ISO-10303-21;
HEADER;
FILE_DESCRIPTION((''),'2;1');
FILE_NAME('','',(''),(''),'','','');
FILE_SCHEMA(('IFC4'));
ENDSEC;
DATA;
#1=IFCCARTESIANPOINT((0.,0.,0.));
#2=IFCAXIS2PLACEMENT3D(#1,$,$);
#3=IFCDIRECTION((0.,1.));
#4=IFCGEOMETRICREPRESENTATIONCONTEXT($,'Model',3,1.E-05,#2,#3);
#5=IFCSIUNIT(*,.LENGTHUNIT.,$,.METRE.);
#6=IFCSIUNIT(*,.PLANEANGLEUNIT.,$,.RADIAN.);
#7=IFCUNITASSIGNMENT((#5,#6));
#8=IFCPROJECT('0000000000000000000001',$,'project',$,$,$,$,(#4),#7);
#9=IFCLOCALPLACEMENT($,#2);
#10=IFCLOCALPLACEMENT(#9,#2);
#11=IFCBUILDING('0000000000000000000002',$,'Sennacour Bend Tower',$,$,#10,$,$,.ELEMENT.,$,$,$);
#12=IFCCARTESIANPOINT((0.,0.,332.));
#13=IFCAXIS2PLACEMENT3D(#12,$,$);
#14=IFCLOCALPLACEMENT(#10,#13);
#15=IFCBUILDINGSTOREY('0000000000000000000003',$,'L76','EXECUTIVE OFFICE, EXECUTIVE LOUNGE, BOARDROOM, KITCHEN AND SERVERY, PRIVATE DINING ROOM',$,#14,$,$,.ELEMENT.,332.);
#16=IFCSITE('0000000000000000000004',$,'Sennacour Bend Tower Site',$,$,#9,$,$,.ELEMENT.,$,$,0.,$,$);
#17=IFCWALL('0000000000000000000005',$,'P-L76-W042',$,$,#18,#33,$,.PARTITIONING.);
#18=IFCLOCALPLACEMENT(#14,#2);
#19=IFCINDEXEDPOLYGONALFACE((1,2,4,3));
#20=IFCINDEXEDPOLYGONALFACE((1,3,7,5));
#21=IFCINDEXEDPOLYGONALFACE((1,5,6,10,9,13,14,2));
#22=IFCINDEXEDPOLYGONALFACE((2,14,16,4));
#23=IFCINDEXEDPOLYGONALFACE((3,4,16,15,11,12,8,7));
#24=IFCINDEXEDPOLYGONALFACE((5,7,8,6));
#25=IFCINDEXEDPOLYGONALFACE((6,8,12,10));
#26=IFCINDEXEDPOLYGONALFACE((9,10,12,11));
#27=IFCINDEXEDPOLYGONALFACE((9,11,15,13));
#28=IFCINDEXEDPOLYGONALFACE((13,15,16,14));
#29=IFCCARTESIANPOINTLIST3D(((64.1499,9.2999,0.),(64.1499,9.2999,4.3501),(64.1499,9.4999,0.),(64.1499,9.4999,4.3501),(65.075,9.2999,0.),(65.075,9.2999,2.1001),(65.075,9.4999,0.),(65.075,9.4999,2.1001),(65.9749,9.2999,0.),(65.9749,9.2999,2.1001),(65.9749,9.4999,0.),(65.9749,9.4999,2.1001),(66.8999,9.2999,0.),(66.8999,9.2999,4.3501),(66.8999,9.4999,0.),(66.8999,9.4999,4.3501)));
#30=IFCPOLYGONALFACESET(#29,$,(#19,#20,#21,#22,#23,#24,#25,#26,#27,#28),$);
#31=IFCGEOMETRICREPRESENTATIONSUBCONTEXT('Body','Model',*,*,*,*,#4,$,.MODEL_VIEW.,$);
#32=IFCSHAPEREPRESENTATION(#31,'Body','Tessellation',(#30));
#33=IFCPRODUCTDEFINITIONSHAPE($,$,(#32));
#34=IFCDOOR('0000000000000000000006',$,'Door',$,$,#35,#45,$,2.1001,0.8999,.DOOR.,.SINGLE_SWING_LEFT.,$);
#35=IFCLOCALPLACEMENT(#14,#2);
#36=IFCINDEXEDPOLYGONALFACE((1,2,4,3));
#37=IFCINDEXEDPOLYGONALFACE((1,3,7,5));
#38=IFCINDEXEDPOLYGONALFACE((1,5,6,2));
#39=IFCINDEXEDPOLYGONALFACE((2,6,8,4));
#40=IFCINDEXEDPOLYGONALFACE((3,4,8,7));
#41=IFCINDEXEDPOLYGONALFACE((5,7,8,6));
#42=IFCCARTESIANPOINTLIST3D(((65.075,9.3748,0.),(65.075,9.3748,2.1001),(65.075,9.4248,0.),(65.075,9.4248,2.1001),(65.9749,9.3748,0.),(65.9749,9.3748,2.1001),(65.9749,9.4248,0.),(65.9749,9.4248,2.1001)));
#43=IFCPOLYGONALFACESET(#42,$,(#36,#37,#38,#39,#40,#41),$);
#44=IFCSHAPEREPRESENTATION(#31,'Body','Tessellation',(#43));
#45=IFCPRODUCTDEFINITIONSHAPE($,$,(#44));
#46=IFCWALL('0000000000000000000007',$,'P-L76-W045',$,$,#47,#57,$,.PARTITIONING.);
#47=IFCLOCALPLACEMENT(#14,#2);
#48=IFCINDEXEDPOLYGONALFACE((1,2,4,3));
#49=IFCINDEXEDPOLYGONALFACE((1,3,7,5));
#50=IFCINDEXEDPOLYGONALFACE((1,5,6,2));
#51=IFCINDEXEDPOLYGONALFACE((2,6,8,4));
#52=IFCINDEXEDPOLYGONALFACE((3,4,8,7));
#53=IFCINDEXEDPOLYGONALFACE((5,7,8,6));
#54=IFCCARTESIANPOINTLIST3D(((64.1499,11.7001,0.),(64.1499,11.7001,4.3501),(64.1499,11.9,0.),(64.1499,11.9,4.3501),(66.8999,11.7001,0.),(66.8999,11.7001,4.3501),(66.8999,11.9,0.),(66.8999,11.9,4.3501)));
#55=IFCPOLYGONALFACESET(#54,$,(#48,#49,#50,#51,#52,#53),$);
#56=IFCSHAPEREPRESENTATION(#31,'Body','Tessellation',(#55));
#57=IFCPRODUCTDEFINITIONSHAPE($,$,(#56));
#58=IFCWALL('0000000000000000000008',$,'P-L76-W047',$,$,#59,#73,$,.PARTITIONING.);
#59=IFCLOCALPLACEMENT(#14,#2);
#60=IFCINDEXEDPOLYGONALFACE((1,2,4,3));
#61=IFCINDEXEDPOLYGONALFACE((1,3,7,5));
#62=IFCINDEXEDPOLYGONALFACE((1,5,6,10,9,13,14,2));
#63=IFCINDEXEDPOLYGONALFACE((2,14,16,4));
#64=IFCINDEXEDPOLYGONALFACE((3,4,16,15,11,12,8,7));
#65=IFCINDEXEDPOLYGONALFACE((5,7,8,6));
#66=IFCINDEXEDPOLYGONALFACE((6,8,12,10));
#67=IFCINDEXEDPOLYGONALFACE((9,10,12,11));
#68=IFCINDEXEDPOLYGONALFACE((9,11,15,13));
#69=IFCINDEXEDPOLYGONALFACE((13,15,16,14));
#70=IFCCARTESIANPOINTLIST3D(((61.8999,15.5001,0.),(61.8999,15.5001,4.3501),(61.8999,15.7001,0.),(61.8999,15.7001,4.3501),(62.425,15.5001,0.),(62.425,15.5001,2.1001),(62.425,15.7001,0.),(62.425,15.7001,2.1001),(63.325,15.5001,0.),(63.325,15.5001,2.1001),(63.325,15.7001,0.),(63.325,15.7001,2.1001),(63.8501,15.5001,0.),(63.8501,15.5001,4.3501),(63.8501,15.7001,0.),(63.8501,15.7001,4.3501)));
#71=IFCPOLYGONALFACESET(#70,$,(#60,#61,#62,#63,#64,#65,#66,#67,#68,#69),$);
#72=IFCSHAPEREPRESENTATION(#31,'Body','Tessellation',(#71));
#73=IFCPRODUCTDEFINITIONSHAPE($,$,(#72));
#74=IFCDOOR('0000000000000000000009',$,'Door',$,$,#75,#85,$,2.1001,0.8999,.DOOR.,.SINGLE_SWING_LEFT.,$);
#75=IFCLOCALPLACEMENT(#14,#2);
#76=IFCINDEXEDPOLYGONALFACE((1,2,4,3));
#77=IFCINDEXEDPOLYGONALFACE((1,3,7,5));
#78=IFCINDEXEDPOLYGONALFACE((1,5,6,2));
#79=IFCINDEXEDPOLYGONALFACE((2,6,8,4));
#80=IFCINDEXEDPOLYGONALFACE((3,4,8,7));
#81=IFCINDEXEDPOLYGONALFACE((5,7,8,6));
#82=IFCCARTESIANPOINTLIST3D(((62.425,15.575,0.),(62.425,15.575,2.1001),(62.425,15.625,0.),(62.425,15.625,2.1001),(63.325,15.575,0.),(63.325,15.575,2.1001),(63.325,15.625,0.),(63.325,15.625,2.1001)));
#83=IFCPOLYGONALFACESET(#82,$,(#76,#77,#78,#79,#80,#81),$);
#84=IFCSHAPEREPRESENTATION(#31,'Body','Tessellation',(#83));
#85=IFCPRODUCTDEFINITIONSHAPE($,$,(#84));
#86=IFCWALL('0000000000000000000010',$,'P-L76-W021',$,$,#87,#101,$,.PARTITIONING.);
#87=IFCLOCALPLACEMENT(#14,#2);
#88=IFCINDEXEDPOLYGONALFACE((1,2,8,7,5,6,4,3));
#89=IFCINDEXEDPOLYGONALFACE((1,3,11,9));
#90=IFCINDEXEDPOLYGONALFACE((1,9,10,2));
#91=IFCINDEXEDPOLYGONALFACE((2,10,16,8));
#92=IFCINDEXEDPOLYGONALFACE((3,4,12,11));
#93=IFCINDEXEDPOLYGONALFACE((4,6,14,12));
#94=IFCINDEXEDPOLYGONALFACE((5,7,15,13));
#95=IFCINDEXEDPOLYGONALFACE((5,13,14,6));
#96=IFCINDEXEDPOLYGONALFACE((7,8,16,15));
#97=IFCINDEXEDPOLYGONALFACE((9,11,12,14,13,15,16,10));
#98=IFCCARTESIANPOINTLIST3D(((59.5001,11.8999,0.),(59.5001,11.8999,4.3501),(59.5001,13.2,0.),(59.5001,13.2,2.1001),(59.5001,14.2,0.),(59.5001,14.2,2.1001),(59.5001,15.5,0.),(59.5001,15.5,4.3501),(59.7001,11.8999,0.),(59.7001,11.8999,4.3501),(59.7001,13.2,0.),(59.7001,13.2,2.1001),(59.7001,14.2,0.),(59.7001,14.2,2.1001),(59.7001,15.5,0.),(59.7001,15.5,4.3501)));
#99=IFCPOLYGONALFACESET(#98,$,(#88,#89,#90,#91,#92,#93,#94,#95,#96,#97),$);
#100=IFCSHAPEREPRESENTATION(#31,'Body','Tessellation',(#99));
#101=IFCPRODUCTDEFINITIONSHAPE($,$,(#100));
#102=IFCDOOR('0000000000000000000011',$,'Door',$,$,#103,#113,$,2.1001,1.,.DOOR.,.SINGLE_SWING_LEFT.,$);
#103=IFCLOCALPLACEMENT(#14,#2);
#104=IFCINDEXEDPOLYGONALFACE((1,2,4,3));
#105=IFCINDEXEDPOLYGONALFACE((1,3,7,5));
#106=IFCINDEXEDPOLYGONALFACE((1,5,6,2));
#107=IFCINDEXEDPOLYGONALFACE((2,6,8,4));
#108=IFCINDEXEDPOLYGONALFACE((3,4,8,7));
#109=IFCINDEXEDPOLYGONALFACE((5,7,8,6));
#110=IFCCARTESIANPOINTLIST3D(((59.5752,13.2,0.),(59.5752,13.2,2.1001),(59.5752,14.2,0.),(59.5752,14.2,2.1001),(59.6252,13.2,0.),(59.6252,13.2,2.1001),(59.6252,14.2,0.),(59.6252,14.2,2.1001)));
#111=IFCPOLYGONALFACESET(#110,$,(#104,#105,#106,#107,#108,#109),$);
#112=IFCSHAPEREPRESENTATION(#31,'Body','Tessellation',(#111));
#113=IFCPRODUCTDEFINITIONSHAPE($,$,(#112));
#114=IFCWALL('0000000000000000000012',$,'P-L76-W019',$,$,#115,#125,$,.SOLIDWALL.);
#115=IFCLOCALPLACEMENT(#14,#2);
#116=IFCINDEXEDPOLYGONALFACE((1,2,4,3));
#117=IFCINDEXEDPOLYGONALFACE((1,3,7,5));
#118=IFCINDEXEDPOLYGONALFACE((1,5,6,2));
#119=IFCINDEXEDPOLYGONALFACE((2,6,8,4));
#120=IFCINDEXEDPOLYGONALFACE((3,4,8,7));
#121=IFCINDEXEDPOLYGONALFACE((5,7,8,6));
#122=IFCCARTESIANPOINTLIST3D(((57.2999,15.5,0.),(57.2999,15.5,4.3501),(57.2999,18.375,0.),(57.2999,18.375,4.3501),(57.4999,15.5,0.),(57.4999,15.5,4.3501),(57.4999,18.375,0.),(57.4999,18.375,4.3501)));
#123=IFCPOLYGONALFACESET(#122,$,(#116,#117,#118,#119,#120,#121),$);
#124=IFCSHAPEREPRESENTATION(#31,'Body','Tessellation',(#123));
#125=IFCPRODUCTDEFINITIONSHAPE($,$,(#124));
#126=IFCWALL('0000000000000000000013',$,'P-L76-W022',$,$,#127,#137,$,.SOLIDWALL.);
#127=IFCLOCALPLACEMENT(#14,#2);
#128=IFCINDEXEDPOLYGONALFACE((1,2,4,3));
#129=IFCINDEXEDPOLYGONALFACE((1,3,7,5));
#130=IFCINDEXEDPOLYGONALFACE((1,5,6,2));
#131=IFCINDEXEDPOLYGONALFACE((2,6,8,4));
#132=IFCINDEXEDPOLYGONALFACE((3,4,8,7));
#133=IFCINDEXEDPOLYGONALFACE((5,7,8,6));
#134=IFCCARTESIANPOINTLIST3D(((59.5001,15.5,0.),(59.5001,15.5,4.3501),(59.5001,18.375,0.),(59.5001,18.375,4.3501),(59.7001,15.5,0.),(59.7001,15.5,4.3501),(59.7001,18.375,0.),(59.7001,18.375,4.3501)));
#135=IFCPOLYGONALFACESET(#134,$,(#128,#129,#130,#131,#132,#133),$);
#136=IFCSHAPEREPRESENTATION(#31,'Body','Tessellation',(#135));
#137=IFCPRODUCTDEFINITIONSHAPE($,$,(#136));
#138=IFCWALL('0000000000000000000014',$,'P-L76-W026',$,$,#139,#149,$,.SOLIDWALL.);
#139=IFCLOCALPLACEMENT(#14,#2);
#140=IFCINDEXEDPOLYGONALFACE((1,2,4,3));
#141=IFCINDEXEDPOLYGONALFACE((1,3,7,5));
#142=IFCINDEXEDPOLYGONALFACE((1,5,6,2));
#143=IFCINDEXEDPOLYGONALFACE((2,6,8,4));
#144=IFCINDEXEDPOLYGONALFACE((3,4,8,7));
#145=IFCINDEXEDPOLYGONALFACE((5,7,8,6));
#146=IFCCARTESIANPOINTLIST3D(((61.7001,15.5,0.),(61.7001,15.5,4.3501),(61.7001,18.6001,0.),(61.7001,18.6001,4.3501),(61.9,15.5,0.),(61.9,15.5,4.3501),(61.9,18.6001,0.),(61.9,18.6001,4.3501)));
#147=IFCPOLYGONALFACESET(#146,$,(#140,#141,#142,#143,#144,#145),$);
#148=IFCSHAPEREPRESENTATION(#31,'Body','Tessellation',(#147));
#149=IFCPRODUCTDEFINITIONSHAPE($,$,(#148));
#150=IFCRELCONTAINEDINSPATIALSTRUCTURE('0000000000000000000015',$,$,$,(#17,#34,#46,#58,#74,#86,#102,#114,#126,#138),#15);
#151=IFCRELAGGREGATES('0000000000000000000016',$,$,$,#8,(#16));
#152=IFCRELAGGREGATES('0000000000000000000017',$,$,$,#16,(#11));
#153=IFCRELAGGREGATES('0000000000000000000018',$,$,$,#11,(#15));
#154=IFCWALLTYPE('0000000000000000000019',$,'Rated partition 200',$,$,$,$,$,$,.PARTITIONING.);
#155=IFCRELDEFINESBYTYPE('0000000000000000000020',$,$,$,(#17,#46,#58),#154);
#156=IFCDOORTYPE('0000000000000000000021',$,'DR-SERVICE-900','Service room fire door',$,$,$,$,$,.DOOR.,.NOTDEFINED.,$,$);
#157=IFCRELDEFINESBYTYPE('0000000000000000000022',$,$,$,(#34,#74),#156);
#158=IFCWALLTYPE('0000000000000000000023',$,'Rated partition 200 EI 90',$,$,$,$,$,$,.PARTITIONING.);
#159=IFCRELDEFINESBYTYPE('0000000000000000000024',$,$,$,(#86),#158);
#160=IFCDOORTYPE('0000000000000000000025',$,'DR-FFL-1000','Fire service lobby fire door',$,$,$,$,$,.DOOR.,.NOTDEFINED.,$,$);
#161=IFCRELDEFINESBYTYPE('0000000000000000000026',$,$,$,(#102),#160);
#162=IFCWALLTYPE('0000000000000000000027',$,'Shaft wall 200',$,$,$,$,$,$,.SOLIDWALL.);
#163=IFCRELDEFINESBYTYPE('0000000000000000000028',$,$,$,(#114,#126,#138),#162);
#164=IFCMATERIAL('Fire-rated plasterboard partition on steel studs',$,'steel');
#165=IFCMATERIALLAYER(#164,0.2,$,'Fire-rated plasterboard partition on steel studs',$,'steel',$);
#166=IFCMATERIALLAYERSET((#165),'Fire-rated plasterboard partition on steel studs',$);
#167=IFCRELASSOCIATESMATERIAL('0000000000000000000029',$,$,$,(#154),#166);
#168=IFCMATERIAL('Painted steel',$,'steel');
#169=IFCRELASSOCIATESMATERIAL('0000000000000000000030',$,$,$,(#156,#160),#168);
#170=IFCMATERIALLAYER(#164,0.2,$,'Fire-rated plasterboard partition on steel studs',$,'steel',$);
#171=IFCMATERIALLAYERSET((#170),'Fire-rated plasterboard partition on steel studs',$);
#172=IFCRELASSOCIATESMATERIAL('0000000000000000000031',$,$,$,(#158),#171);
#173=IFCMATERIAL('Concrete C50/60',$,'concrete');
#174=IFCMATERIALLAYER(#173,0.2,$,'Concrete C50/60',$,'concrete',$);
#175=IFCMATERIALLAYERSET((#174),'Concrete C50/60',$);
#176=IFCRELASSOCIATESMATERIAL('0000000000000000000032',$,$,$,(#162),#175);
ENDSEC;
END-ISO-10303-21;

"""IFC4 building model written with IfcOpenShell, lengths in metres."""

from ifc_helpers import new_model, si_unit, direction, frame, frame_2d, origin, place, context, subcontext, project, spatial, rectangle, extrude, material, layer, layer_set, type_object, element, fill, save


model = new_model("IFC4")

# Units and contexts
model_context = context("Model", 3, precision=1e-05, world=origin(), true_north=direction((0.0, 1.0)))
body_context = subcontext(model_context, "Body", "Model", "MODEL_VIEW")
ifc_project = project(units=[si_unit("LENGTHUNIT", "METRE"), si_unit("PLANEANGLEUNIT", "RADIAN")], contexts=[model_context])

# Site, building, storey
site_placement = place(None, origin())
site = spatial("IfcSite", under=ifc_project, at=site_placement, Name="Sennacour Bend Tower Site", CompositionType="ELEMENT", RefElevation=0.0)
building_placement = place(site_placement, origin())
building = spatial("IfcBuilding", under=site, at=building_placement, Name="Sennacour Bend Tower", CompositionType="ELEMENT")
storey_placement = place(building_placement, frame((0.0, 0.0, 332.0)))
storey = spatial("IfcBuildingStorey", under=building, at=storey_placement, Name="L76", Description="EXECUTIVE OFFICE, EXECUTIVE LOUNGE, BOARDROOM, KITCHEN AND SERVERY, PRIVATE DINING ROOM", CompositionType="ELEMENT", Elevation=332.0)

# Wall, opening, door
ifc_material_1 = material(Name="Fire-rated plasterboard partition on steel studs", Category="steel")
ifc_layer_1 = layer(ifc_material_1, 0.2, Name="Fire-rated plasterboard partition on steel studs", Category="steel")
ifc_layer_set_1 = layer_set([ifc_layer_1], Name="Fire-rated plasterboard partition on steel studs")
wall_type_1 = type_object("IfcWallType", Name="Rated partition 200", PredefinedType="PARTITIONING", material=ifc_layer_set_1)
wall_1_placement = place(storey_placement, frame((64.1499, 9.3999, 0.0), z_axis=(0.0, 0.0, 1.0), x_axis=(1.0, 0.0, 0.0)))
wall_1 = element("IfcWall", 1, at=wall_1_placement, inside=storey, type_object=wall_type_1, Name="P-L76-W042", PredefinedType="PARTITIONING", context=body_context, shape_type="SweptSolid", body=[
    extrude(rectangle(XDim=2.75, YDim=0.2, at=frame_2d((1.375, 0.0))), origin(), (0.0, 0.0, 1.0), 4.3501),
])
opening_1_placement = place(wall_1_placement, frame((0.925, 0.0, 0.0)))
opening_1 = element("IfcOpeningElement", 2, at=opening_1_placement, cuts=wall_1, PredefinedType="OPENING", context=body_context, shape_type="SweptSolid", body=[
    extrude(rectangle(XDim=0.8999, YDim=2.1001, at=frame_2d((0.45, 1.05))), frame((0.0, 0.1099, 0.0), z_axis=(0.0, -1.0, 0.0), x_axis=(1.0, 0.0, 0.0)), (0.0, 0.0, 1.0), 0.22),
])
ifc_material_2 = material(Name="Painted steel", Category="steel")
door_type_1 = type_object("IfcDoorType", Name="DR-SERVICE-900", Description="Service room fire door", OperationType="NOTDEFINED", PredefinedType="DOOR", material=ifc_material_2)
door_1_placement = place(opening_1_placement, origin())
door_1 = element("IfcDoor", 3, at=door_1_placement, inside=storey, type_object=door_type_1, Name="Door", OperationType="SINGLE_SWING_LEFT", OverallHeight=2.1001, OverallWidth=0.8999, PredefinedType="DOOR", context=body_context, shape_type="SweptSolid", body=[
    extrude(rectangle(XDim=0.8999, YDim=2.1001, at=frame_2d((0.45, 1.05))), frame((0.0, 0.0249, 0.0), z_axis=(0.0, -1.0, 0.0), x_axis=(1.0, 0.0, 0.0)), (0.0, 0.0, 1.0), 0.05),
])
fill(opening_1, door_1)

# Wall
wall_2_placement = place(storey_placement, frame((64.1499, 11.8, 0.0), z_axis=(0.0, 0.0, 1.0), x_axis=(1.0, 0.0, 0.0)))
element("IfcWall", 4, at=wall_2_placement, inside=storey, type_object=wall_type_1, Name="P-L76-W045", PredefinedType="PARTITIONING", context=body_context, shape_type="SweptSolid", body=[
    extrude(rectangle(XDim=2.75, YDim=0.2, at=frame_2d((1.375, 0.0))), origin(), (0.0, 0.0, 1.0), 4.3501),
])

# Walls, openings, doors
wall_3_placement = place(storey_placement, frame((61.8999, 15.6001, 0.0), z_axis=(0.0, 0.0, 1.0), x_axis=(1.0, 0.0, 0.0)))
wall_3 = element("IfcWall", 5, at=wall_3_placement, inside=storey, type_object=wall_type_1, Name="P-L76-W047", PredefinedType="PARTITIONING", context=body_context, shape_type="SweptSolid", body=[
    extrude(rectangle(XDim=1.9502, YDim=0.2, at=frame_2d((0.9751, 0.0))), origin(), (0.0, 0.0, 1.0), 4.3501),
])
opening_2_placement = place(wall_3_placement, frame((0.5251, 0.0, 0.0)))
opening_2 = element("IfcOpeningElement", 6, at=opening_2_placement, cuts=wall_3, PredefinedType="OPENING", context=body_context, shape_type="SweptSolid", body=[
    extrude(rectangle(XDim=0.8999, YDim=2.1001, at=frame_2d((0.45, 1.05))), frame((0.0, 0.1099, 0.0), z_axis=(0.0, -1.0, 0.0), x_axis=(1.0, 0.0, 0.0)), (0.0, 0.0, 1.0), 0.22),
])
door_2_placement = place(opening_2_placement, origin())
door_2 = element("IfcDoor", 7, at=door_2_placement, inside=storey, type_object=door_type_1, Name="Door", OperationType="SINGLE_SWING_LEFT", OverallHeight=2.1001, OverallWidth=0.8999, PredefinedType="DOOR", context=body_context, shape_type="SweptSolid", body=[
    extrude(rectangle(XDim=0.8999, YDim=2.1001, at=frame_2d((0.45, 1.05))), frame((0.0, 0.0249, 0.0), z_axis=(0.0, -1.0, 0.0), x_axis=(1.0, 0.0, 0.0)), (0.0, 0.0, 1.0), 0.05),
])
fill(opening_2, door_2)
ifc_layer_2 = layer(ifc_material_1, 0.2, Name="Fire-rated plasterboard partition on steel studs", Category="steel")
ifc_layer_set_2 = layer_set([ifc_layer_2], Name="Fire-rated plasterboard partition on steel studs")
wall_type_2 = type_object("IfcWallType", Name="Rated partition 200 EI 90", PredefinedType="PARTITIONING", material=ifc_layer_set_2)
wall_4_placement = place(storey_placement, frame((59.6001, 11.8999, 0.0), z_axis=(0.0, 0.0, 1.0), x_axis=(0.0, 1.0, 0.0)))
wall_4 = element("IfcWall", 8, at=wall_4_placement, inside=storey, type_object=wall_type_2, Name="P-L76-W021", PredefinedType="PARTITIONING", context=body_context, shape_type="SweptSolid", body=[
    extrude(rectangle(XDim=3.6001, YDim=0.2, at=frame_2d((1.8, 0.0))), origin(), (0.0, 0.0, 1.0), 4.3501),
])
opening_3_placement = place(wall_4_placement, frame((1.3, 0.0, 0.0)))
opening_3 = element("IfcOpeningElement", 9, at=opening_3_placement, cuts=wall_4, PredefinedType="OPENING", context=body_context, shape_type="SweptSolid", body=[
    extrude(rectangle(XDim=1.0, YDim=2.1001, at=frame_2d((0.5, 1.05))), frame((0.0, 0.1099, 0.0), z_axis=(0.0, -1.0, 0.0), x_axis=(1.0, 0.0, 0.0)), (0.0, 0.0, 1.0), 0.22),
])
door_type_2 = type_object("IfcDoorType", Name="DR-FFL-1000", Description="Fire service lobby fire door", OperationType="NOTDEFINED", PredefinedType="DOOR", material=ifc_material_2)
door_3_placement = place(opening_3_placement, origin())
door_3 = element("IfcDoor", 10, at=door_3_placement, inside=storey, type_object=door_type_2, Name="Door", OperationType="SINGLE_SWING_LEFT", OverallHeight=2.1001, OverallWidth=1.0, PredefinedType="DOOR", context=body_context, shape_type="SweptSolid", body=[
    extrude(rectangle(XDim=1.0, YDim=2.1001, at=frame_2d((0.5, 1.05))), frame((0.0, 0.0249, 0.0), z_axis=(0.0, -1.0, 0.0), x_axis=(1.0, 0.0, 0.0)), (0.0, 0.0, 1.0), 0.05),
])
fill(opening_3, door_3)

# Walls
ifc_material_3 = material(Name="Concrete C50/60", Category="concrete")
ifc_layer_3 = layer(ifc_material_3, 0.2, Name="Concrete C50/60", Category="concrete")
ifc_layer_set_3 = layer_set([ifc_layer_3], Name="Concrete C50/60")
wall_type_3 = type_object("IfcWallType", Name="Shaft wall 200", PredefinedType="SOLIDWALL", material=ifc_layer_set_3)
for number, where, z_axis, x_axis, name in (
    (11, (57.3999, 15.5, 0.0), (0.0, 0.0, 1.0), (0.0, 1.0, 0.0), "P-L76-W019"),
    (12, (59.6001, 15.5, 0.0), (0.0, 0.0, 1.0), (0.0, 1.0, 0.0), "P-L76-W022"),
):
    element("IfcWall", number, at=place(storey_placement, frame(where, z_axis=z_axis, x_axis=x_axis)), inside=storey, type_object=wall_type_3, Name=name, PredefinedType="SOLIDWALL", context=body_context, shape_type="SweptSolid", body=[
        extrude(rectangle(XDim=2.875, YDim=0.2, at=frame_2d((1.4375, 0.0))), origin(), (0.0, 0.0, 1.0), 4.3501),
    ])
wall_5_placement = place(storey_placement, frame((61.8, 15.5, 0.0), z_axis=(0.0, 0.0, 1.0), x_axis=(0.0, 1.0, 0.0)))
element("IfcWall", 13, at=wall_5_placement, inside=storey, type_object=wall_type_3, Name="P-L76-W026", PredefinedType="SOLIDWALL", context=body_context, shape_type="SweptSolid", body=[
    extrude(rectangle(XDim=3.1001, YDim=0.2, at=frame_2d((1.55, 0.0))), origin(), (0.0, 0.0, 1.0), 4.3501),
])

save(model, "model.ifc")
